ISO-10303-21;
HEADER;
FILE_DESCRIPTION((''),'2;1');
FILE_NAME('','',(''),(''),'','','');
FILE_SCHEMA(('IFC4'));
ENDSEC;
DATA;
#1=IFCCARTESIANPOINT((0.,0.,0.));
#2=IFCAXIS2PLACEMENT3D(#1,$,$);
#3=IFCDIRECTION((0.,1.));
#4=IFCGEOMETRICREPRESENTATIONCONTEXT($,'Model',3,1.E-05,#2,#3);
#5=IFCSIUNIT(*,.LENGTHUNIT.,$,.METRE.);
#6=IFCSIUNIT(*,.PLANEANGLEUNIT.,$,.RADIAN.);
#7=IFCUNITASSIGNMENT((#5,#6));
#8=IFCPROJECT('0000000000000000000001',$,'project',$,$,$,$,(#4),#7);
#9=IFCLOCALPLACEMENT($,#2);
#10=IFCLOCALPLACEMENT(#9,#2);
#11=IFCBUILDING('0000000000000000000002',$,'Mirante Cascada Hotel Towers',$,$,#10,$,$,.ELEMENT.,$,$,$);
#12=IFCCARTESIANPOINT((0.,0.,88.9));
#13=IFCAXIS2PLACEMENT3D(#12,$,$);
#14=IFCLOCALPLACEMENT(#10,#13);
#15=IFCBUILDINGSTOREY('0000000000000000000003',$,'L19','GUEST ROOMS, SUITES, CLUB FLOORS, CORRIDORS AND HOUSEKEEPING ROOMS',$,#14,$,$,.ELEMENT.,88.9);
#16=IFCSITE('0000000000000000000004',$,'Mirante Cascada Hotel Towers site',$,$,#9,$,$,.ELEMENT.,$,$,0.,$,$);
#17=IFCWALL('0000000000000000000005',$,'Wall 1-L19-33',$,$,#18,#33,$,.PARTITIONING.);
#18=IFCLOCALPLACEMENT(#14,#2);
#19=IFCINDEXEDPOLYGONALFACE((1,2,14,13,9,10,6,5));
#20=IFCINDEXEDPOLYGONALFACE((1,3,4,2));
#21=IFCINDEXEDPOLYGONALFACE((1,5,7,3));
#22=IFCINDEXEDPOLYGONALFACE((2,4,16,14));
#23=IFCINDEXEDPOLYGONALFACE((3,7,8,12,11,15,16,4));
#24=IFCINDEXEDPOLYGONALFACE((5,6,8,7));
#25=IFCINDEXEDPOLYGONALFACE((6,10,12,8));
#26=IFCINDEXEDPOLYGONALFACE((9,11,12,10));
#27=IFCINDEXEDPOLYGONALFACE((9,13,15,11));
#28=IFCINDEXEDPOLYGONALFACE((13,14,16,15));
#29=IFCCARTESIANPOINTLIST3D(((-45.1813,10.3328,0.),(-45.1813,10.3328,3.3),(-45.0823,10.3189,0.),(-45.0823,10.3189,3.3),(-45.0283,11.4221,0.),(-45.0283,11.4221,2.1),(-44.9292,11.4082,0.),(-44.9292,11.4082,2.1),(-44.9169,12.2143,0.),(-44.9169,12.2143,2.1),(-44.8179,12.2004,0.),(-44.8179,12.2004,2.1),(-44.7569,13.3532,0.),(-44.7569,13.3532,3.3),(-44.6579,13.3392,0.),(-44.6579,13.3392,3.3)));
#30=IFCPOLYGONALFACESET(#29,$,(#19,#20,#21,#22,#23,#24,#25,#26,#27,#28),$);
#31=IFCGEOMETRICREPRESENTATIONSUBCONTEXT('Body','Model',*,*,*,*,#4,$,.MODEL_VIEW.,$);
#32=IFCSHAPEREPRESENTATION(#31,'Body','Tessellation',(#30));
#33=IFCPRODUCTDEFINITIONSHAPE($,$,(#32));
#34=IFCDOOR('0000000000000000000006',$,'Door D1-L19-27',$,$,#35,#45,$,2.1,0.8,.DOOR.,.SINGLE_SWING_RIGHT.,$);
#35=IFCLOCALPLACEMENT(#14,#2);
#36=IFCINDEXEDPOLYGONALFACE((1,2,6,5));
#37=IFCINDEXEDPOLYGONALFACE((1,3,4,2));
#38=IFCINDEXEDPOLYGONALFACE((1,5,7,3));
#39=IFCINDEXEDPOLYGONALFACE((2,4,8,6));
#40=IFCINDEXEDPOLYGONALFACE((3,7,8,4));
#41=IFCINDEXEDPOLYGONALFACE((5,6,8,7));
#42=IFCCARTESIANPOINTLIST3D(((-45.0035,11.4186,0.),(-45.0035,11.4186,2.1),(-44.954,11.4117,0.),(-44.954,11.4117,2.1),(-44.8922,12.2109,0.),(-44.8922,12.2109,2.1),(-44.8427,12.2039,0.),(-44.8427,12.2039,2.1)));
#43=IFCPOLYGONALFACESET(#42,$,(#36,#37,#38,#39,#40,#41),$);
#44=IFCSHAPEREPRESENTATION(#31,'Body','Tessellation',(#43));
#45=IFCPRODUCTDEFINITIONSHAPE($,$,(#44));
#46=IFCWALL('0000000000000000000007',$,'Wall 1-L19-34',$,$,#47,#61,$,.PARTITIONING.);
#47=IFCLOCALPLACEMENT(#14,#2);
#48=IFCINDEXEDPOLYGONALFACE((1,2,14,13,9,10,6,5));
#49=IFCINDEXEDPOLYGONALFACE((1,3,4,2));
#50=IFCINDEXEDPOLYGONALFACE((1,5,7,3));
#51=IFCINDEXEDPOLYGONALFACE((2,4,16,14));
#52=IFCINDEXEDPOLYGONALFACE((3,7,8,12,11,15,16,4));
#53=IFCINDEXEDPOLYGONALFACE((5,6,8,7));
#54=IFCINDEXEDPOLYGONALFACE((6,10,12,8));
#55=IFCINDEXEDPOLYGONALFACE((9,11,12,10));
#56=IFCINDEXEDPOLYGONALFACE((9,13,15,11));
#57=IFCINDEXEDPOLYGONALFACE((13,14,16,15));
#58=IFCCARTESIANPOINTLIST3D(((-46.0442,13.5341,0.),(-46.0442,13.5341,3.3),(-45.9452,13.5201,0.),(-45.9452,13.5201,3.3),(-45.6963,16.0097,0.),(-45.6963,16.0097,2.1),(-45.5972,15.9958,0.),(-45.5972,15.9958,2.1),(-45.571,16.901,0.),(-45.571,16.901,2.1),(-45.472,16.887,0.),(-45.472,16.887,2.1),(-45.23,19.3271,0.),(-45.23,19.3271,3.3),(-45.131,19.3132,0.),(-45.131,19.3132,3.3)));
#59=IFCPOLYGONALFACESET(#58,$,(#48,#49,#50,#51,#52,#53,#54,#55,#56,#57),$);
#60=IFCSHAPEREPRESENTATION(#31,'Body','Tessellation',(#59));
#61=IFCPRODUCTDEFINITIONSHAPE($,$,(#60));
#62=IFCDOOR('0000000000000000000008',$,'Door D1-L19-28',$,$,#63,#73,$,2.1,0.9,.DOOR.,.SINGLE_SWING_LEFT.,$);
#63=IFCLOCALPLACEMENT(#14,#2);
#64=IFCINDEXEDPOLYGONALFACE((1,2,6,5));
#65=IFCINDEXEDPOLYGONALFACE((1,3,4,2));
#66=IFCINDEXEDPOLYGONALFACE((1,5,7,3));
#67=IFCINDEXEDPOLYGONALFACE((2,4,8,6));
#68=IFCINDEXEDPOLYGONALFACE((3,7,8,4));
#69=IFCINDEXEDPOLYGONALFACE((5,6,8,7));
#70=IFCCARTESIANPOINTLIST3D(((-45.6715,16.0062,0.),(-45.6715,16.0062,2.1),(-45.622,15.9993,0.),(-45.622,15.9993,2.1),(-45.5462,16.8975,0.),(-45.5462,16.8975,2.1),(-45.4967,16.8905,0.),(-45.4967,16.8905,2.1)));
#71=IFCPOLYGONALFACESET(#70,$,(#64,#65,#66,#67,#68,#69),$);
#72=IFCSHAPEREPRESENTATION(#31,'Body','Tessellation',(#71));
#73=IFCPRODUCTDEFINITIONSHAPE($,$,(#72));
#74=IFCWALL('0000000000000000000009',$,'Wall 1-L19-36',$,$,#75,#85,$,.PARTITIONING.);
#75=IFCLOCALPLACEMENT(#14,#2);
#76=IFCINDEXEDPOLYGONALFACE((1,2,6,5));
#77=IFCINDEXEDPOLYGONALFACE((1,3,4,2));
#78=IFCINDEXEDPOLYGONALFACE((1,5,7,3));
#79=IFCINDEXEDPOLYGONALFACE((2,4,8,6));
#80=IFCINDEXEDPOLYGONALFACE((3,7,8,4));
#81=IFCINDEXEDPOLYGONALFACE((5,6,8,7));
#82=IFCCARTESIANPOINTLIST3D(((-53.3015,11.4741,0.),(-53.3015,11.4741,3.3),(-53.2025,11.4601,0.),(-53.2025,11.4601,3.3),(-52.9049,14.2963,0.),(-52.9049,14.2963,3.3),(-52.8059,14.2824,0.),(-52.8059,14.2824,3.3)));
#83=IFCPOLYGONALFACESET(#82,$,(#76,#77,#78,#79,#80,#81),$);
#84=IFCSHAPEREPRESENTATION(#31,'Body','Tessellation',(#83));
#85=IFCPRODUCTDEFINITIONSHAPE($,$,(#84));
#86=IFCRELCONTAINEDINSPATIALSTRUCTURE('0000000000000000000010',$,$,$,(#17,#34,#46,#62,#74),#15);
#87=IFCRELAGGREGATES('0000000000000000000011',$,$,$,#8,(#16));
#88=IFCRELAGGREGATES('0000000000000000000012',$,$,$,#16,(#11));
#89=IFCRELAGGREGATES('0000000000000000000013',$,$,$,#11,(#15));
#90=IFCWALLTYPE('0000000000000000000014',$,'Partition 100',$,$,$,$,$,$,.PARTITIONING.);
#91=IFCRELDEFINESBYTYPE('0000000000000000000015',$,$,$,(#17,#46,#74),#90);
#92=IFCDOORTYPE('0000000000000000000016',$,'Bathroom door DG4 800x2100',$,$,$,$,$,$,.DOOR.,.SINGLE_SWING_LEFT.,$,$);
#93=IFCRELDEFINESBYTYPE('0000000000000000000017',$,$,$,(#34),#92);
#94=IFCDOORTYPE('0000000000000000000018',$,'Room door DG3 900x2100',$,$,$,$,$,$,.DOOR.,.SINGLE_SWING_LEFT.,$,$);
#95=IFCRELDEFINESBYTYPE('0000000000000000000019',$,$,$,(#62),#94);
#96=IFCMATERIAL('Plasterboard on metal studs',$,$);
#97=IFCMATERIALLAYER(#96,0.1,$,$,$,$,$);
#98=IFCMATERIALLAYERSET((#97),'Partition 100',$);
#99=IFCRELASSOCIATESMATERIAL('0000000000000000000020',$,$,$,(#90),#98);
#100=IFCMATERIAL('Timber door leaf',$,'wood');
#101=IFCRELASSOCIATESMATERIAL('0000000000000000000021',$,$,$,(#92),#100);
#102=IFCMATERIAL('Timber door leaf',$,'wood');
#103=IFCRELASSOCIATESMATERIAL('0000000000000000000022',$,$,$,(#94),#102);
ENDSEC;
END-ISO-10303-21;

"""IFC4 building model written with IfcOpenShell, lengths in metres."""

from ifc_helpers import new_model, si_unit, direction, frame, frame_2d, origin, place, context, subcontext, project, spatial, rectangle, extrude, material, layer, layer_set, type_object, element, fill, save


model = new_model("IFC4")

# Units and contexts
model_context = context("Model", 3, precision=1e-05, world=origin(), true_north=direction((0.0, 1.0)))
body_context = subcontext(model_context, "Body", "Model", "MODEL_VIEW")
ifc_project = project(units=[si_unit("LENGTHUNIT", "METRE"), si_unit("PLANEANGLEUNIT", "RADIAN")], contexts=[model_context])

# Site, building, storey
site_placement = place(None, origin())
site = spatial("IfcSite", under=ifc_project, at=site_placement, Name="Mirante Cascada Hotel Towers site", CompositionType="ELEMENT", RefElevation=0.0)
building_placement = place(site_placement, origin())
building = spatial("IfcBuilding", under=site, at=building_placement, Name="Mirante Cascada Hotel Towers", CompositionType="ELEMENT")
storey_placement = place(building_placement, frame((0.0, 0.0, 88.9)))
storey = spatial("IfcBuildingStorey", under=building, at=storey_placement, Name="L19", Description="GUEST ROOMS, SUITES, CLUB FLOORS, CORRIDORS AND HOUSEKEEPING ROOMS", CompositionType="ELEMENT", Elevation=88.9)

# Shared definitions
ifc_material_1 = material(Name="Plasterboard on metal studs")
ifc_layer_1 = layer(ifc_material_1, 0.1)
ifc_layer_set_1 = layer_set([ifc_layer_1], Name="Partition 100")
wall_type_1 = type_object("IfcWallType", Name="Partition 100", PredefinedType="PARTITIONING", material=ifc_layer_set_1)
ifc_material_2 = material(Name="Timber door leaf", Category="wood")
door_type_1 = type_object("IfcDoorType", Name="Bathroom door DG4 800x2100", OperationType="SINGLE_SWING_LEFT", PredefinedType="DOOR", material=ifc_material_2)

# Walls, openings, doors
wall_1_placement = place(storey_placement, frame((-44.7074, 13.3462, 0.0), z_axis=(0.0, 0.0, 1.0), x_axis=(-0.139149, -0.990271, 0.0)))
wall_1 = element("IfcWall", 1, at=wall_1_placement, inside=storey, type_object=wall_type_1, Name="Wall 1-L19-33", PredefinedType="PARTITIONING", context=body_context, shape_type="SweptSolid", body=[
    extrude(rectangle(XDim=3.05, YDim=0.1, at=frame_2d((1.525, 0.0))), origin(), (0.0, 0.0, 1.0), 3.3),
])
opening_1_placement = place(wall_1_placement, frame((1.15, 0.0, 0.0)))
opening_1 = element("IfcOpeningElement", 2, at=opening_1_placement, cuts=wall_1, PredefinedType="OPENING", context=body_context, shape_type="SweptSolid", body=[
    extrude(rectangle(XDim=0.8, YDim=2.1, at=frame_2d((0.4, 1.05))), frame((0.0, 0.05, 0.0), z_axis=(0.0, -1.0, 0.0), x_axis=(1.0, 0.0, 0.0)), (0.0, 0.0, 1.0), 0.1),
])
door_1_placement = place(opening_1_placement, frame((0.8, 0.0, 0.0), z_axis=(0.0, 0.0, 1.0), x_axis=(-1.0, 0.0, 0.0)))
door_1 = element("IfcDoor", 3, at=door_1_placement, inside=storey, type_object=door_type_1, Name="Door D1-L19-27", OperationType="SINGLE_SWING_RIGHT", OverallHeight=2.1, OverallWidth=0.8, PredefinedType="DOOR", context=body_context, shape_type="SweptSolid", body=[
    extrude(rectangle(XDim=0.8, YDim=2.1, at=frame_2d((0.4, 1.05))), frame((0.0, 0.025, 0.0), z_axis=(0.0, -1.0, 0.0), x_axis=(1.0, 0.0, 0.0)), (0.0, 0.0, 1.0), 0.05),
])
fill(opening_1, door_1)
wall_2_placement = place(storey_placement, frame((-45.9947, 13.5271, 0.0), z_axis=(0.0, 0.0, 1.0), x_axis=(0.139179, 0.990267, 0.0)))
wall_2 = element("IfcWall", 4, at=wall_2_placement, inside=storey, type_object=wall_type_1, Name="Wall 1-L19-34", PredefinedType="PARTITIONING", context=body_context, shape_type="SweptSolid", body=[
    extrude(rectangle(XDim=5.85, YDim=0.1, at=frame_2d((2.925, 0.0))), origin(), (0.0, 0.0, 1.0), 3.3),
])
opening_2_placement = place(wall_2_placement, frame((2.5, 0.0, 0.0)))
opening_2 = element("IfcOpeningElement", 5, at=opening_2_placement, cuts=wall_2, PredefinedType="OPENING", context=body_context, shape_type="SweptSolid", body=[
    extrude(rectangle(XDim=0.9, YDim=2.1, at=frame_2d((0.45, 1.05))), frame((0.0, 0.05, 0.0), z_axis=(0.0, -1.0, 0.0), x_axis=(1.0, 0.0, 0.0)), (0.0, 0.0, 1.0), 0.1),
])
ifc_material_3 = material(Name="Timber door leaf", Category="wood")
door_type_2 = type_object("IfcDoorType", Name="Room door DG3 900x2100", OperationType="SINGLE_SWING_LEFT", PredefinedType="DOOR", material=ifc_material_3)
door_2_placement = place(opening_2_placement, origin())
door_2 = element("IfcDoor", 6, at=door_2_placement, inside=storey, type_object=door_type_2, Name="Door D1-L19-28", OperationType="SINGLE_SWING_LEFT", OverallHeight=2.1, OverallWidth=0.9, PredefinedType="DOOR", context=body_context, shape_type="SweptSolid", body=[
    extrude(rectangle(XDim=0.9, YDim=2.1, at=frame_2d((0.45, 1.05))), frame((0.0, 0.025, 0.0), z_axis=(0.0, -1.0, 0.0), x_axis=(1.0, 0.0, 0.0)), (0.0, 0.0, 1.0), 0.05),
])
fill(opening_2, door_2)

# Wall
wall_3_placement = place(storey_placement, frame((-53.252, 11.4671, 0.0), z_axis=(0.0, 0.0, 1.0), x_axis=(0.139156, 0.99027, 0.0)))
element("IfcWall", 7, at=wall_3_placement, inside=storey, type_object=wall_type_1, Name="Wall 1-L19-36", PredefinedType="PARTITIONING", context=body_context, shape_type="SweptSolid", body=[
    extrude(rectangle(XDim=2.85, YDim=0.1, at=frame_2d((1.425, 0.0))), origin(), (0.0, 0.0, 1.0), 3.3),
])

save(model, "model.ifc")
